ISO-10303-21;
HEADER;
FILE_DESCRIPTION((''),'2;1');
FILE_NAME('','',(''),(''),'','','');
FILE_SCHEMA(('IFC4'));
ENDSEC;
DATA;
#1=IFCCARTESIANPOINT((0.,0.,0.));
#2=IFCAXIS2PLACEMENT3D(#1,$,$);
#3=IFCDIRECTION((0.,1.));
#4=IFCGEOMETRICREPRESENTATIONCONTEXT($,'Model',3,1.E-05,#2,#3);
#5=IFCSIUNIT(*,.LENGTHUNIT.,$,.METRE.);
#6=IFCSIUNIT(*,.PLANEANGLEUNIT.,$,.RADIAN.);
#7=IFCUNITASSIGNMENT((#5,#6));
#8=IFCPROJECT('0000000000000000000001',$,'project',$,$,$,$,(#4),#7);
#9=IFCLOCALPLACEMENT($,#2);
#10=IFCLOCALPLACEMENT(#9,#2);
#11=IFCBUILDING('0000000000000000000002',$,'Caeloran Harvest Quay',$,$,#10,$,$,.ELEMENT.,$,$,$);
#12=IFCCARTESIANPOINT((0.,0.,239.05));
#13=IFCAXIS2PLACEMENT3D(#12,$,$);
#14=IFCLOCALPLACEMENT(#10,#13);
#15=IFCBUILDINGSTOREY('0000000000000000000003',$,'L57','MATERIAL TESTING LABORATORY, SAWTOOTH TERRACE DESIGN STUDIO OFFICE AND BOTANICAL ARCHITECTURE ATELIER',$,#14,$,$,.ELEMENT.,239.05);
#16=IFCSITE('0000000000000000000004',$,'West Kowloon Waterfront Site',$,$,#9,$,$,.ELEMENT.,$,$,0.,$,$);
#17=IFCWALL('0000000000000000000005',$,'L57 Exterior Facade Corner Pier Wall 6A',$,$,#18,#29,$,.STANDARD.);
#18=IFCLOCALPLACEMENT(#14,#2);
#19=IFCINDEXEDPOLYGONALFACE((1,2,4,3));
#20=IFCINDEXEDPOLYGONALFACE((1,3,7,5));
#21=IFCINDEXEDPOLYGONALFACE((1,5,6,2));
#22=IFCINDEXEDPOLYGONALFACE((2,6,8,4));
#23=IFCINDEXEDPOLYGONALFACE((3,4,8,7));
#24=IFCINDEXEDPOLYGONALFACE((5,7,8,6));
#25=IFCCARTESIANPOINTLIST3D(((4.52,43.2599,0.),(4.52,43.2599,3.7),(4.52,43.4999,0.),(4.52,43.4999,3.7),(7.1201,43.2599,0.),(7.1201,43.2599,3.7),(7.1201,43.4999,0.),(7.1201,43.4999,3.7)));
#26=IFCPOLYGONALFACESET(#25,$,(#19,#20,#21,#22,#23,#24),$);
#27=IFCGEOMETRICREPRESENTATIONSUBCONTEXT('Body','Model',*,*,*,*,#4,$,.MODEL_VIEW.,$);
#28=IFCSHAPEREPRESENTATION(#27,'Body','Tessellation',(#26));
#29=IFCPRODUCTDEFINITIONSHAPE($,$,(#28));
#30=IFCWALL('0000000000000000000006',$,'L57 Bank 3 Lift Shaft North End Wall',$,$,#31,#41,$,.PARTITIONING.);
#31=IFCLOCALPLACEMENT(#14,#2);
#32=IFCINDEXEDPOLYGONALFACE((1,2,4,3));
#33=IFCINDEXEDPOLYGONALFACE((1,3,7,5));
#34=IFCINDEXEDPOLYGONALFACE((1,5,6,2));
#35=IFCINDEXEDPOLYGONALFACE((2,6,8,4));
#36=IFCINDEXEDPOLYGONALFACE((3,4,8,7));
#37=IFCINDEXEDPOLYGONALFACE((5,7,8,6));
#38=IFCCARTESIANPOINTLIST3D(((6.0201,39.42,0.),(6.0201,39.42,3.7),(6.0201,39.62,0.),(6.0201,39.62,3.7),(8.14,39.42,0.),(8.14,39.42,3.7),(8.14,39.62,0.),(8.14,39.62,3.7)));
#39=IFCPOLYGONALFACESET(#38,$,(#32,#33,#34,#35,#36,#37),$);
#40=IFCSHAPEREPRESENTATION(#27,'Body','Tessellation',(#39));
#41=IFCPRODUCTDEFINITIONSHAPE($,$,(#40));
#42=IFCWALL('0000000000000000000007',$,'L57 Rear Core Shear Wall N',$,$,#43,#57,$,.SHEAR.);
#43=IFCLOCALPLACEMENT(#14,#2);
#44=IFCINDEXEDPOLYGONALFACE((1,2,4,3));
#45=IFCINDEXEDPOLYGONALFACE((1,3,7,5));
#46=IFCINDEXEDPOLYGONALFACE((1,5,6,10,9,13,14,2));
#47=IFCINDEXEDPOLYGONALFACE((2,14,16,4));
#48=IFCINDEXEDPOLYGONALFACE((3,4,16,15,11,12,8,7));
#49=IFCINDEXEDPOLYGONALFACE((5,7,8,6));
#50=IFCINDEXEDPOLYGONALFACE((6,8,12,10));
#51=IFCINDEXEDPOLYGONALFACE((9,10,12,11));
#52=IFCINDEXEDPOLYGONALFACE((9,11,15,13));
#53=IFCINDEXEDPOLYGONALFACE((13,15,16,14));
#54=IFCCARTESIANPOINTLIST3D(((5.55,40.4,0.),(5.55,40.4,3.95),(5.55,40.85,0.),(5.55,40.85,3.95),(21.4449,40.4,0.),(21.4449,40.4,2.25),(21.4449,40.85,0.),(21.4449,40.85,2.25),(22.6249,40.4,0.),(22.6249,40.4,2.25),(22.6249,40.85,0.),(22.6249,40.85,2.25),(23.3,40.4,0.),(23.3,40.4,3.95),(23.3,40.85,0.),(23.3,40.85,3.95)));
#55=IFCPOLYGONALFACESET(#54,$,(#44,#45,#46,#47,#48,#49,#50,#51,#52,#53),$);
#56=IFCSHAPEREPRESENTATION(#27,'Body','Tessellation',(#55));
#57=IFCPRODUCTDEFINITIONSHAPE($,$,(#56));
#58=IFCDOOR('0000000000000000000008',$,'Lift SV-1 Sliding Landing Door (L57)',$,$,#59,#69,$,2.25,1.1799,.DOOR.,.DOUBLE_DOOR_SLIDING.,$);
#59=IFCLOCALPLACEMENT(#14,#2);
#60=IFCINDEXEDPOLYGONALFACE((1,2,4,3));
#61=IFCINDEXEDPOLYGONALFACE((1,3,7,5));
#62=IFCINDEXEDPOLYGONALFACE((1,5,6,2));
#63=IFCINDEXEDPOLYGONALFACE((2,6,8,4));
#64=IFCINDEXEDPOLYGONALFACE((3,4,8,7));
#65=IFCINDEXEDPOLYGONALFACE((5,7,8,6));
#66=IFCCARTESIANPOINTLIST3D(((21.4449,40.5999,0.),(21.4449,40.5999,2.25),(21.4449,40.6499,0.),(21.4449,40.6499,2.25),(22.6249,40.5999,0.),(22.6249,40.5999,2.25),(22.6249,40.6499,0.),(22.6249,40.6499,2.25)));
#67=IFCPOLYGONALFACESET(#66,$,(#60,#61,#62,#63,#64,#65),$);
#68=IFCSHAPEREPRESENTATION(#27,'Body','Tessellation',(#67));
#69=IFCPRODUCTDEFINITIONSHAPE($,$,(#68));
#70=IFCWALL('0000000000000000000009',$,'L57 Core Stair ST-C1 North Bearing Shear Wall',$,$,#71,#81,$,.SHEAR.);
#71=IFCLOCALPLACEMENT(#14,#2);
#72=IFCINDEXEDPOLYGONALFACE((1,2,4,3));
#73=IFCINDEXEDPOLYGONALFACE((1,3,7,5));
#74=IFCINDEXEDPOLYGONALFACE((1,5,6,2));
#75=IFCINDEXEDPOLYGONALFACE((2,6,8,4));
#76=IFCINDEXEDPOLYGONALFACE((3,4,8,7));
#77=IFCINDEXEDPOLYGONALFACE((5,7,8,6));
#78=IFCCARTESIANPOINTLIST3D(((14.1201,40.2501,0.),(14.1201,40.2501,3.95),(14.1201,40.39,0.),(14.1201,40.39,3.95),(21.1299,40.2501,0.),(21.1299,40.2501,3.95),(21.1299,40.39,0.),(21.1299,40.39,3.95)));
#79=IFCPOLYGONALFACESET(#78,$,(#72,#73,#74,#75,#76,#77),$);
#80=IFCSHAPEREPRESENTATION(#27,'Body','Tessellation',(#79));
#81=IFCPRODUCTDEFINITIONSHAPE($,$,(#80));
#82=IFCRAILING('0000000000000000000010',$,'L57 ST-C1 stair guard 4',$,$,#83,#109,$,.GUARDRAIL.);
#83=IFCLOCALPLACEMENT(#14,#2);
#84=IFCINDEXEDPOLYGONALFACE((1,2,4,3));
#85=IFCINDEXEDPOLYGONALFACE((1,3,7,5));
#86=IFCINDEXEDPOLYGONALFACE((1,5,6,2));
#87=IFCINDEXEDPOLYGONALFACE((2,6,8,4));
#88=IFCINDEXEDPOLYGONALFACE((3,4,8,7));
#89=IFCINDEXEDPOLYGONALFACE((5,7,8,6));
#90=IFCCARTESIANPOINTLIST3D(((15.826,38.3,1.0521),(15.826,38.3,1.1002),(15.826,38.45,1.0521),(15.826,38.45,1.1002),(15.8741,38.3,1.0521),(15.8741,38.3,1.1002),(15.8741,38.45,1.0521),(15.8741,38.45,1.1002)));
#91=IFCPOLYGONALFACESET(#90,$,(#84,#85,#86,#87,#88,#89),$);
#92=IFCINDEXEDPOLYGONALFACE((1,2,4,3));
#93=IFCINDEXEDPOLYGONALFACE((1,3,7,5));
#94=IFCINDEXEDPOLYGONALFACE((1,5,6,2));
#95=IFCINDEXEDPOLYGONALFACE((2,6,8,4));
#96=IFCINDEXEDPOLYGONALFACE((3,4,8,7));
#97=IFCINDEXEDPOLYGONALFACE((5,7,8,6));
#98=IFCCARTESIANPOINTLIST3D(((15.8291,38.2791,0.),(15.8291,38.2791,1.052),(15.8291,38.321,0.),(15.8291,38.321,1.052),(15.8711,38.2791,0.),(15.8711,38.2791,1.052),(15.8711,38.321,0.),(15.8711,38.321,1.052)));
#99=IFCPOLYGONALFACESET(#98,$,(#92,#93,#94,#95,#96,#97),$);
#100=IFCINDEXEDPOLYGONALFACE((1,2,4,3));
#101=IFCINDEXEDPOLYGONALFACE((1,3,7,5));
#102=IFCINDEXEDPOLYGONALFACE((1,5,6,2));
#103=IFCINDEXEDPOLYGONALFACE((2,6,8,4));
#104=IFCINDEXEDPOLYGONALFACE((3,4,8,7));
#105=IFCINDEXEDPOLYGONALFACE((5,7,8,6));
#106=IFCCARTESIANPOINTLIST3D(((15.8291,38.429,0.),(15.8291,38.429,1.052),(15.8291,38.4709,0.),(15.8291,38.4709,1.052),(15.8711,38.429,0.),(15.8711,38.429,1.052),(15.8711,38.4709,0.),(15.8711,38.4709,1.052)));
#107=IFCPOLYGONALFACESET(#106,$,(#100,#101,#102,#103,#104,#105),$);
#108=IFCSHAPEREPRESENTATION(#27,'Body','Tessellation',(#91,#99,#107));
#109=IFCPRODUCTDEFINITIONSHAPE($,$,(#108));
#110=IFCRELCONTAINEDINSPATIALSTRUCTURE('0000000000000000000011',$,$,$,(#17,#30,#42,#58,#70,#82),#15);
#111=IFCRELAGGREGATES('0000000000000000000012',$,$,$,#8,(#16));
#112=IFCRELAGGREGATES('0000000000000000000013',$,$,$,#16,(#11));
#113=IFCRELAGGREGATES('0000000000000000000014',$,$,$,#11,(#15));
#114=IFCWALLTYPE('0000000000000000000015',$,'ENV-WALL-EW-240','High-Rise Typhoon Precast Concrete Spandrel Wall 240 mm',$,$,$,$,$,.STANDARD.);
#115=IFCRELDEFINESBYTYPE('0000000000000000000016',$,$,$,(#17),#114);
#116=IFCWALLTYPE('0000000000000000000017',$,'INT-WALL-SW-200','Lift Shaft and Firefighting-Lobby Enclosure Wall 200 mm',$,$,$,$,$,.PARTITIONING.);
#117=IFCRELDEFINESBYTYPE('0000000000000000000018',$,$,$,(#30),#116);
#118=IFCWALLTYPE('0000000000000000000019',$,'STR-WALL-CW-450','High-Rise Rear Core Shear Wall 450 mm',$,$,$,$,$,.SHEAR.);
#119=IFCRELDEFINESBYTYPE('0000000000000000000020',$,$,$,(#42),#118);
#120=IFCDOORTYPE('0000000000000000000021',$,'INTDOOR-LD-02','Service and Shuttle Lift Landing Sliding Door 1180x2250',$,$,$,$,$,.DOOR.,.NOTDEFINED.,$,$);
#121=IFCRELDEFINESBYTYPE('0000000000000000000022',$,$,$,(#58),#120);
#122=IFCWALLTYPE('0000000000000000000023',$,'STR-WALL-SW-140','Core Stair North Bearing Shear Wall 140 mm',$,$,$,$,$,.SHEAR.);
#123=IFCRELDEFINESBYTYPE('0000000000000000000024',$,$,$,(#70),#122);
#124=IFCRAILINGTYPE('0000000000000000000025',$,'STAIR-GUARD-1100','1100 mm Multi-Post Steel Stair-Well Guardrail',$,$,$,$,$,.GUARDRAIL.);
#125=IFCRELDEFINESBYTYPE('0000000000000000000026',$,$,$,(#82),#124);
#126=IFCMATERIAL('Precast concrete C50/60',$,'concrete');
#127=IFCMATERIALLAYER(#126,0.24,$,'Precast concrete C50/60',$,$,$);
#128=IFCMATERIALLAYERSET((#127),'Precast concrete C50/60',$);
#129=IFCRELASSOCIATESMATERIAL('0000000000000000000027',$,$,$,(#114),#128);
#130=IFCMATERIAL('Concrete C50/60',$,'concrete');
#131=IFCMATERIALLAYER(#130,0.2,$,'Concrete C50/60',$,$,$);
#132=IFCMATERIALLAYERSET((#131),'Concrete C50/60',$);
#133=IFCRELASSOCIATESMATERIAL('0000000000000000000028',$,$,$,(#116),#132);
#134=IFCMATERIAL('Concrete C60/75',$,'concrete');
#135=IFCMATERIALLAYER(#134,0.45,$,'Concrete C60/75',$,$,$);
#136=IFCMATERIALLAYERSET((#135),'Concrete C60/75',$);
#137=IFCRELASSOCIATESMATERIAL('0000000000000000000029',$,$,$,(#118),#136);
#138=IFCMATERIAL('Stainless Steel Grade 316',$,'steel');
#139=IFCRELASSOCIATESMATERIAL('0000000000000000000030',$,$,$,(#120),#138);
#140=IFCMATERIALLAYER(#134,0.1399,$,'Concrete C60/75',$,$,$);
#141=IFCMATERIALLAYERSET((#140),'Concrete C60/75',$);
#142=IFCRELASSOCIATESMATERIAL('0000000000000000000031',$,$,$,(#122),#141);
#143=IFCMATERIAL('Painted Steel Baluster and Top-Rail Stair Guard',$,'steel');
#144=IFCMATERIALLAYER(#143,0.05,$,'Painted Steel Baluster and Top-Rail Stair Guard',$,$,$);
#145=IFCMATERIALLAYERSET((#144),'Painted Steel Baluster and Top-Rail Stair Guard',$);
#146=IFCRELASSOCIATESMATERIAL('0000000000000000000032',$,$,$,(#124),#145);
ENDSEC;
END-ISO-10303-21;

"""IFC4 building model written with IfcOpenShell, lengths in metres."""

from ifc_helpers import new_model, si_unit, direction, frame, frame_2d, origin, origin_2d, place, context, subcontext, project, spatial, rectangle, extrude, material, layer, layer_set, type_object, element, fill, save


model = new_model("IFC4")

# Units and contexts
model_context = context("Model", 3, precision=1e-05, world=origin(), true_north=direction((0.0, 1.0)))
body_context = subcontext(model_context, "Body", "Model", "MODEL_VIEW")
ifc_project = project(units=[si_unit("LENGTHUNIT", "METRE"), si_unit("PLANEANGLEUNIT", "RADIAN")], contexts=[model_context])

# Site, building, storey
site_placement = place(None, origin())
site = spatial("IfcSite", under=ifc_project, at=site_placement, Name="West Kowloon Waterfront Site", CompositionType="ELEMENT", RefElevation=0.0)
building_placement = place(site_placement, origin())
building = spatial("IfcBuilding", under=site, at=building_placement, Name="Caeloran Harvest Quay", CompositionType="ELEMENT")
storey_placement = place(building_placement, frame((0.0, 0.0, 239.05)))
storey = spatial("IfcBuildingStorey", under=building, at=storey_placement, Name="L57", Description="MATERIAL TESTING LABORATORY, SAWTOOTH TERRACE DESIGN STUDIO OFFICE AND BOTANICAL ARCHITECTURE ATELIER", CompositionType="ELEMENT", Elevation=239.05)

# Walls
ifc_material_1 = material(Name="Precast concrete C50/60", Category="concrete")
ifc_layer_1 = layer(ifc_material_1, 0.24, Name="Precast concrete C50/60")
ifc_layer_set_1 = layer_set([ifc_layer_1], Name="Precast concrete C50/60")
wall_type_1 = type_object("IfcWallType", Name="ENV-WALL-EW-240", Description="High-Rise Typhoon Precast Concrete Spandrel Wall 240 mm", PredefinedType="STANDARD", material=ifc_layer_set_1)
wall_1_placement = place(storey_placement, frame((4.52, 43.3799, 0.0), z_axis=(0.0, 0.0, 1.0), x_axis=(1.0, 0.0, 0.0)))
element("IfcWall", 1, at=wall_1_placement, inside=storey, type_object=wall_type_1, Name="L57 Exterior Facade Corner Pier Wall 6A", PredefinedType="STANDARD", context=body_context, shape_type="SweptSolid", body=[
    extrude(rectangle(XDim=2.6001, YDim=0.24, at=frame_2d((1.3, 0.0))), origin(), (0.0, 0.0, 1.0), 3.7),
])
ifc_material_2 = material(Name="Concrete C50/60", Category="concrete")
ifc_layer_2 = layer(ifc_material_2, 0.2, Name="Concrete C50/60")
ifc_layer_set_2 = layer_set([ifc_layer_2], Name="Concrete C50/60")
wall_type_2 = type_object("IfcWallType", Name="INT-WALL-SW-200", Description="Lift Shaft and Firefighting-Lobby Enclosure Wall 200 mm", PredefinedType="PARTITIONING", material=ifc_layer_set_2)
wall_2_placement = place(storey_placement, frame((6.02, 39.52, 0.0), z_axis=(0.0, 0.0, 1.0), x_axis=(1.0, 0.0, 0.0)))
element("IfcWall", 2, at=wall_2_placement, inside=storey, type_object=wall_type_2, Name="L57 Bank 3 Lift Shaft North End Wall", PredefinedType="PARTITIONING", context=body_context, shape_type="SweptSolid", body=[
    extrude(rectangle(XDim=2.1199, YDim=0.2, at=frame_2d((1.0601, 0.0))), origin(), (0.0, 0.0, 1.0), 3.7),
])

# Wall, opening, door
ifc_material_3 = material(Name="Concrete C60/75", Category="concrete")
ifc_layer_3 = layer(ifc_material_3, 0.45, Name="Concrete C60/75")
ifc_layer_set_3 = layer_set([ifc_layer_3], Name="Concrete C60/75")
wall_type_3 = type_object("IfcWallType", Name="STR-WALL-CW-450", Description="High-Rise Rear Core Shear Wall 450 mm", PredefinedType="SHEAR", material=ifc_layer_set_3)
wall_3_placement = place(storey_placement, frame((5.55, 40.625, 0.0), z_axis=(0.0, 0.0, 1.0), x_axis=(1.0, 0.0, 0.0)))
wall_3 = element("IfcWall", 3, at=wall_3_placement, inside=storey, type_object=wall_type_3, Name="L57 Rear Core Shear Wall N", PredefinedType="SHEAR", context=body_context, shape_type="SweptSolid", body=[
    extrude(rectangle(XDim=17.75, YDim=0.45, at=frame_2d((8.875, 0.0))), origin(), (0.0, 0.0, 1.0), 3.95),
])
opening_placement = place(wall_3_placement, frame((15.895, 0.0, 0.0)))
opening = element("IfcOpeningElement", 4, at=opening_placement, cuts=wall_3, PredefinedType="OPENING", context=body_context, shape_type="SweptSolid", body=[
    extrude(rectangle(XDim=1.1799, YDim=2.25, at=frame_2d((0.5898, 1.125))), frame((0.0, 0.2349, 0.0), z_axis=(0.0, -1.0, 0.0), x_axis=(1.0, 0.0, 0.0)), (0.0, 0.0, 1.0), 0.47),
])
ifc_material_4 = material(Name="Stainless Steel Grade 316", Category="steel")
door_type = type_object("IfcDoorType", Name="INTDOOR-LD-02", Description="Service and Shuttle Lift Landing Sliding Door 1180x2250", OperationType="NOTDEFINED", PredefinedType="DOOR", material=ifc_material_4)
door_placement = place(opening_placement, origin())
door = element("IfcDoor", 5, at=door_placement, inside=storey, type_object=door_type, Name="Lift SV-1 Sliding Landing Door (L57)", OperationType="DOUBLE_DOOR_SLIDING", OverallHeight=2.25, OverallWidth=1.1799, PredefinedType="DOOR", context=body_context, shape_type="SweptSolid", body=[
    extrude(rectangle(XDim=1.1799, YDim=2.25, at=frame_2d((0.5898, 1.125))), frame((0.0, 0.0249, 0.0), z_axis=(0.0, -1.0, 0.0), x_axis=(1.0, 0.0, 0.0)), (0.0, 0.0, 1.0), 0.05),
])
fill(opening, door)

# Wall
ifc_layer_4 = layer(ifc_material_3, 0.1399, Name="Concrete C60/75")
ifc_layer_set_4 = layer_set([ifc_layer_4], Name="Concrete C60/75")
wall_type_4 = type_object("IfcWallType", Name="STR-WALL-SW-140", Description="Core Stair North Bearing Shear Wall 140 mm", PredefinedType="SHEAR", material=ifc_layer_set_4)
wall_4_placement = place(storey_placement, frame((14.1201, 40.3201, 0.0), z_axis=(0.0, 0.0, 1.0), x_axis=(1.0, 0.0, 0.0)))
element("IfcWall", 6, at=wall_4_placement, inside=storey, type_object=wall_type_4, Name="L57 Core Stair ST-C1 North Bearing Shear Wall", PredefinedType="SHEAR", context=body_context, shape_type="SweptSolid", body=[
    extrude(rectangle(XDim=7.0098, YDim=0.1399, at=frame_2d((3.5049, 0.0))), origin(), (0.0, 0.0, 1.0), 3.95),
])

# Railing
ifc_material_5 = material(Name="Painted Steel Baluster and Top-Rail Stair Guard", Category="steel")
ifc_layer_5 = layer(ifc_material_5, 0.05, Name="Painted Steel Baluster and Top-Rail Stair Guard")
ifc_layer_set_5 = layer_set([ifc_layer_5], Name="Painted Steel Baluster and Top-Rail Stair Guard")
railing_type = type_object("IfcRailingType", Name="STAIR-GUARD-1100", Description="1100 mm Multi-Post Steel Stair-Well Guardrail", PredefinedType="GUARDRAIL", material=ifc_layer_set_5)
railing_placement = place(storey_placement, frame((15.8501, 38.3, 0.0)))
element("IfcRailing", 7, at=railing_placement, inside=storey, type_object=railing_type, Name="L57 ST-C1 stair guard 4", PredefinedType="GUARDRAIL", context=body_context, shape_type="SweptSolid", body=[
    extrude(rectangle(XDim=0.0481, YDim=0.0481, at=origin_2d()), frame((0.0, 0.0, 1.0762), z_axis=(0.0, 1.0, 0.0), x_axis=(-1.0, 0.0, 0.0)), (0.0, 0.0, 1.0), 0.1499),
    extrude(rectangle(XDim=0.042, YDim=0.042, at=origin_2d()), origin(), (0.0, 0.0, 1.0), 1.052),
    extrude(rectangle(XDim=0.042, YDim=0.042, at=origin_2d()), frame((0.0, 0.1499, 0.0)), (0.0, 0.0, 1.0), 1.052),
])

save(model, "model.ifc")
